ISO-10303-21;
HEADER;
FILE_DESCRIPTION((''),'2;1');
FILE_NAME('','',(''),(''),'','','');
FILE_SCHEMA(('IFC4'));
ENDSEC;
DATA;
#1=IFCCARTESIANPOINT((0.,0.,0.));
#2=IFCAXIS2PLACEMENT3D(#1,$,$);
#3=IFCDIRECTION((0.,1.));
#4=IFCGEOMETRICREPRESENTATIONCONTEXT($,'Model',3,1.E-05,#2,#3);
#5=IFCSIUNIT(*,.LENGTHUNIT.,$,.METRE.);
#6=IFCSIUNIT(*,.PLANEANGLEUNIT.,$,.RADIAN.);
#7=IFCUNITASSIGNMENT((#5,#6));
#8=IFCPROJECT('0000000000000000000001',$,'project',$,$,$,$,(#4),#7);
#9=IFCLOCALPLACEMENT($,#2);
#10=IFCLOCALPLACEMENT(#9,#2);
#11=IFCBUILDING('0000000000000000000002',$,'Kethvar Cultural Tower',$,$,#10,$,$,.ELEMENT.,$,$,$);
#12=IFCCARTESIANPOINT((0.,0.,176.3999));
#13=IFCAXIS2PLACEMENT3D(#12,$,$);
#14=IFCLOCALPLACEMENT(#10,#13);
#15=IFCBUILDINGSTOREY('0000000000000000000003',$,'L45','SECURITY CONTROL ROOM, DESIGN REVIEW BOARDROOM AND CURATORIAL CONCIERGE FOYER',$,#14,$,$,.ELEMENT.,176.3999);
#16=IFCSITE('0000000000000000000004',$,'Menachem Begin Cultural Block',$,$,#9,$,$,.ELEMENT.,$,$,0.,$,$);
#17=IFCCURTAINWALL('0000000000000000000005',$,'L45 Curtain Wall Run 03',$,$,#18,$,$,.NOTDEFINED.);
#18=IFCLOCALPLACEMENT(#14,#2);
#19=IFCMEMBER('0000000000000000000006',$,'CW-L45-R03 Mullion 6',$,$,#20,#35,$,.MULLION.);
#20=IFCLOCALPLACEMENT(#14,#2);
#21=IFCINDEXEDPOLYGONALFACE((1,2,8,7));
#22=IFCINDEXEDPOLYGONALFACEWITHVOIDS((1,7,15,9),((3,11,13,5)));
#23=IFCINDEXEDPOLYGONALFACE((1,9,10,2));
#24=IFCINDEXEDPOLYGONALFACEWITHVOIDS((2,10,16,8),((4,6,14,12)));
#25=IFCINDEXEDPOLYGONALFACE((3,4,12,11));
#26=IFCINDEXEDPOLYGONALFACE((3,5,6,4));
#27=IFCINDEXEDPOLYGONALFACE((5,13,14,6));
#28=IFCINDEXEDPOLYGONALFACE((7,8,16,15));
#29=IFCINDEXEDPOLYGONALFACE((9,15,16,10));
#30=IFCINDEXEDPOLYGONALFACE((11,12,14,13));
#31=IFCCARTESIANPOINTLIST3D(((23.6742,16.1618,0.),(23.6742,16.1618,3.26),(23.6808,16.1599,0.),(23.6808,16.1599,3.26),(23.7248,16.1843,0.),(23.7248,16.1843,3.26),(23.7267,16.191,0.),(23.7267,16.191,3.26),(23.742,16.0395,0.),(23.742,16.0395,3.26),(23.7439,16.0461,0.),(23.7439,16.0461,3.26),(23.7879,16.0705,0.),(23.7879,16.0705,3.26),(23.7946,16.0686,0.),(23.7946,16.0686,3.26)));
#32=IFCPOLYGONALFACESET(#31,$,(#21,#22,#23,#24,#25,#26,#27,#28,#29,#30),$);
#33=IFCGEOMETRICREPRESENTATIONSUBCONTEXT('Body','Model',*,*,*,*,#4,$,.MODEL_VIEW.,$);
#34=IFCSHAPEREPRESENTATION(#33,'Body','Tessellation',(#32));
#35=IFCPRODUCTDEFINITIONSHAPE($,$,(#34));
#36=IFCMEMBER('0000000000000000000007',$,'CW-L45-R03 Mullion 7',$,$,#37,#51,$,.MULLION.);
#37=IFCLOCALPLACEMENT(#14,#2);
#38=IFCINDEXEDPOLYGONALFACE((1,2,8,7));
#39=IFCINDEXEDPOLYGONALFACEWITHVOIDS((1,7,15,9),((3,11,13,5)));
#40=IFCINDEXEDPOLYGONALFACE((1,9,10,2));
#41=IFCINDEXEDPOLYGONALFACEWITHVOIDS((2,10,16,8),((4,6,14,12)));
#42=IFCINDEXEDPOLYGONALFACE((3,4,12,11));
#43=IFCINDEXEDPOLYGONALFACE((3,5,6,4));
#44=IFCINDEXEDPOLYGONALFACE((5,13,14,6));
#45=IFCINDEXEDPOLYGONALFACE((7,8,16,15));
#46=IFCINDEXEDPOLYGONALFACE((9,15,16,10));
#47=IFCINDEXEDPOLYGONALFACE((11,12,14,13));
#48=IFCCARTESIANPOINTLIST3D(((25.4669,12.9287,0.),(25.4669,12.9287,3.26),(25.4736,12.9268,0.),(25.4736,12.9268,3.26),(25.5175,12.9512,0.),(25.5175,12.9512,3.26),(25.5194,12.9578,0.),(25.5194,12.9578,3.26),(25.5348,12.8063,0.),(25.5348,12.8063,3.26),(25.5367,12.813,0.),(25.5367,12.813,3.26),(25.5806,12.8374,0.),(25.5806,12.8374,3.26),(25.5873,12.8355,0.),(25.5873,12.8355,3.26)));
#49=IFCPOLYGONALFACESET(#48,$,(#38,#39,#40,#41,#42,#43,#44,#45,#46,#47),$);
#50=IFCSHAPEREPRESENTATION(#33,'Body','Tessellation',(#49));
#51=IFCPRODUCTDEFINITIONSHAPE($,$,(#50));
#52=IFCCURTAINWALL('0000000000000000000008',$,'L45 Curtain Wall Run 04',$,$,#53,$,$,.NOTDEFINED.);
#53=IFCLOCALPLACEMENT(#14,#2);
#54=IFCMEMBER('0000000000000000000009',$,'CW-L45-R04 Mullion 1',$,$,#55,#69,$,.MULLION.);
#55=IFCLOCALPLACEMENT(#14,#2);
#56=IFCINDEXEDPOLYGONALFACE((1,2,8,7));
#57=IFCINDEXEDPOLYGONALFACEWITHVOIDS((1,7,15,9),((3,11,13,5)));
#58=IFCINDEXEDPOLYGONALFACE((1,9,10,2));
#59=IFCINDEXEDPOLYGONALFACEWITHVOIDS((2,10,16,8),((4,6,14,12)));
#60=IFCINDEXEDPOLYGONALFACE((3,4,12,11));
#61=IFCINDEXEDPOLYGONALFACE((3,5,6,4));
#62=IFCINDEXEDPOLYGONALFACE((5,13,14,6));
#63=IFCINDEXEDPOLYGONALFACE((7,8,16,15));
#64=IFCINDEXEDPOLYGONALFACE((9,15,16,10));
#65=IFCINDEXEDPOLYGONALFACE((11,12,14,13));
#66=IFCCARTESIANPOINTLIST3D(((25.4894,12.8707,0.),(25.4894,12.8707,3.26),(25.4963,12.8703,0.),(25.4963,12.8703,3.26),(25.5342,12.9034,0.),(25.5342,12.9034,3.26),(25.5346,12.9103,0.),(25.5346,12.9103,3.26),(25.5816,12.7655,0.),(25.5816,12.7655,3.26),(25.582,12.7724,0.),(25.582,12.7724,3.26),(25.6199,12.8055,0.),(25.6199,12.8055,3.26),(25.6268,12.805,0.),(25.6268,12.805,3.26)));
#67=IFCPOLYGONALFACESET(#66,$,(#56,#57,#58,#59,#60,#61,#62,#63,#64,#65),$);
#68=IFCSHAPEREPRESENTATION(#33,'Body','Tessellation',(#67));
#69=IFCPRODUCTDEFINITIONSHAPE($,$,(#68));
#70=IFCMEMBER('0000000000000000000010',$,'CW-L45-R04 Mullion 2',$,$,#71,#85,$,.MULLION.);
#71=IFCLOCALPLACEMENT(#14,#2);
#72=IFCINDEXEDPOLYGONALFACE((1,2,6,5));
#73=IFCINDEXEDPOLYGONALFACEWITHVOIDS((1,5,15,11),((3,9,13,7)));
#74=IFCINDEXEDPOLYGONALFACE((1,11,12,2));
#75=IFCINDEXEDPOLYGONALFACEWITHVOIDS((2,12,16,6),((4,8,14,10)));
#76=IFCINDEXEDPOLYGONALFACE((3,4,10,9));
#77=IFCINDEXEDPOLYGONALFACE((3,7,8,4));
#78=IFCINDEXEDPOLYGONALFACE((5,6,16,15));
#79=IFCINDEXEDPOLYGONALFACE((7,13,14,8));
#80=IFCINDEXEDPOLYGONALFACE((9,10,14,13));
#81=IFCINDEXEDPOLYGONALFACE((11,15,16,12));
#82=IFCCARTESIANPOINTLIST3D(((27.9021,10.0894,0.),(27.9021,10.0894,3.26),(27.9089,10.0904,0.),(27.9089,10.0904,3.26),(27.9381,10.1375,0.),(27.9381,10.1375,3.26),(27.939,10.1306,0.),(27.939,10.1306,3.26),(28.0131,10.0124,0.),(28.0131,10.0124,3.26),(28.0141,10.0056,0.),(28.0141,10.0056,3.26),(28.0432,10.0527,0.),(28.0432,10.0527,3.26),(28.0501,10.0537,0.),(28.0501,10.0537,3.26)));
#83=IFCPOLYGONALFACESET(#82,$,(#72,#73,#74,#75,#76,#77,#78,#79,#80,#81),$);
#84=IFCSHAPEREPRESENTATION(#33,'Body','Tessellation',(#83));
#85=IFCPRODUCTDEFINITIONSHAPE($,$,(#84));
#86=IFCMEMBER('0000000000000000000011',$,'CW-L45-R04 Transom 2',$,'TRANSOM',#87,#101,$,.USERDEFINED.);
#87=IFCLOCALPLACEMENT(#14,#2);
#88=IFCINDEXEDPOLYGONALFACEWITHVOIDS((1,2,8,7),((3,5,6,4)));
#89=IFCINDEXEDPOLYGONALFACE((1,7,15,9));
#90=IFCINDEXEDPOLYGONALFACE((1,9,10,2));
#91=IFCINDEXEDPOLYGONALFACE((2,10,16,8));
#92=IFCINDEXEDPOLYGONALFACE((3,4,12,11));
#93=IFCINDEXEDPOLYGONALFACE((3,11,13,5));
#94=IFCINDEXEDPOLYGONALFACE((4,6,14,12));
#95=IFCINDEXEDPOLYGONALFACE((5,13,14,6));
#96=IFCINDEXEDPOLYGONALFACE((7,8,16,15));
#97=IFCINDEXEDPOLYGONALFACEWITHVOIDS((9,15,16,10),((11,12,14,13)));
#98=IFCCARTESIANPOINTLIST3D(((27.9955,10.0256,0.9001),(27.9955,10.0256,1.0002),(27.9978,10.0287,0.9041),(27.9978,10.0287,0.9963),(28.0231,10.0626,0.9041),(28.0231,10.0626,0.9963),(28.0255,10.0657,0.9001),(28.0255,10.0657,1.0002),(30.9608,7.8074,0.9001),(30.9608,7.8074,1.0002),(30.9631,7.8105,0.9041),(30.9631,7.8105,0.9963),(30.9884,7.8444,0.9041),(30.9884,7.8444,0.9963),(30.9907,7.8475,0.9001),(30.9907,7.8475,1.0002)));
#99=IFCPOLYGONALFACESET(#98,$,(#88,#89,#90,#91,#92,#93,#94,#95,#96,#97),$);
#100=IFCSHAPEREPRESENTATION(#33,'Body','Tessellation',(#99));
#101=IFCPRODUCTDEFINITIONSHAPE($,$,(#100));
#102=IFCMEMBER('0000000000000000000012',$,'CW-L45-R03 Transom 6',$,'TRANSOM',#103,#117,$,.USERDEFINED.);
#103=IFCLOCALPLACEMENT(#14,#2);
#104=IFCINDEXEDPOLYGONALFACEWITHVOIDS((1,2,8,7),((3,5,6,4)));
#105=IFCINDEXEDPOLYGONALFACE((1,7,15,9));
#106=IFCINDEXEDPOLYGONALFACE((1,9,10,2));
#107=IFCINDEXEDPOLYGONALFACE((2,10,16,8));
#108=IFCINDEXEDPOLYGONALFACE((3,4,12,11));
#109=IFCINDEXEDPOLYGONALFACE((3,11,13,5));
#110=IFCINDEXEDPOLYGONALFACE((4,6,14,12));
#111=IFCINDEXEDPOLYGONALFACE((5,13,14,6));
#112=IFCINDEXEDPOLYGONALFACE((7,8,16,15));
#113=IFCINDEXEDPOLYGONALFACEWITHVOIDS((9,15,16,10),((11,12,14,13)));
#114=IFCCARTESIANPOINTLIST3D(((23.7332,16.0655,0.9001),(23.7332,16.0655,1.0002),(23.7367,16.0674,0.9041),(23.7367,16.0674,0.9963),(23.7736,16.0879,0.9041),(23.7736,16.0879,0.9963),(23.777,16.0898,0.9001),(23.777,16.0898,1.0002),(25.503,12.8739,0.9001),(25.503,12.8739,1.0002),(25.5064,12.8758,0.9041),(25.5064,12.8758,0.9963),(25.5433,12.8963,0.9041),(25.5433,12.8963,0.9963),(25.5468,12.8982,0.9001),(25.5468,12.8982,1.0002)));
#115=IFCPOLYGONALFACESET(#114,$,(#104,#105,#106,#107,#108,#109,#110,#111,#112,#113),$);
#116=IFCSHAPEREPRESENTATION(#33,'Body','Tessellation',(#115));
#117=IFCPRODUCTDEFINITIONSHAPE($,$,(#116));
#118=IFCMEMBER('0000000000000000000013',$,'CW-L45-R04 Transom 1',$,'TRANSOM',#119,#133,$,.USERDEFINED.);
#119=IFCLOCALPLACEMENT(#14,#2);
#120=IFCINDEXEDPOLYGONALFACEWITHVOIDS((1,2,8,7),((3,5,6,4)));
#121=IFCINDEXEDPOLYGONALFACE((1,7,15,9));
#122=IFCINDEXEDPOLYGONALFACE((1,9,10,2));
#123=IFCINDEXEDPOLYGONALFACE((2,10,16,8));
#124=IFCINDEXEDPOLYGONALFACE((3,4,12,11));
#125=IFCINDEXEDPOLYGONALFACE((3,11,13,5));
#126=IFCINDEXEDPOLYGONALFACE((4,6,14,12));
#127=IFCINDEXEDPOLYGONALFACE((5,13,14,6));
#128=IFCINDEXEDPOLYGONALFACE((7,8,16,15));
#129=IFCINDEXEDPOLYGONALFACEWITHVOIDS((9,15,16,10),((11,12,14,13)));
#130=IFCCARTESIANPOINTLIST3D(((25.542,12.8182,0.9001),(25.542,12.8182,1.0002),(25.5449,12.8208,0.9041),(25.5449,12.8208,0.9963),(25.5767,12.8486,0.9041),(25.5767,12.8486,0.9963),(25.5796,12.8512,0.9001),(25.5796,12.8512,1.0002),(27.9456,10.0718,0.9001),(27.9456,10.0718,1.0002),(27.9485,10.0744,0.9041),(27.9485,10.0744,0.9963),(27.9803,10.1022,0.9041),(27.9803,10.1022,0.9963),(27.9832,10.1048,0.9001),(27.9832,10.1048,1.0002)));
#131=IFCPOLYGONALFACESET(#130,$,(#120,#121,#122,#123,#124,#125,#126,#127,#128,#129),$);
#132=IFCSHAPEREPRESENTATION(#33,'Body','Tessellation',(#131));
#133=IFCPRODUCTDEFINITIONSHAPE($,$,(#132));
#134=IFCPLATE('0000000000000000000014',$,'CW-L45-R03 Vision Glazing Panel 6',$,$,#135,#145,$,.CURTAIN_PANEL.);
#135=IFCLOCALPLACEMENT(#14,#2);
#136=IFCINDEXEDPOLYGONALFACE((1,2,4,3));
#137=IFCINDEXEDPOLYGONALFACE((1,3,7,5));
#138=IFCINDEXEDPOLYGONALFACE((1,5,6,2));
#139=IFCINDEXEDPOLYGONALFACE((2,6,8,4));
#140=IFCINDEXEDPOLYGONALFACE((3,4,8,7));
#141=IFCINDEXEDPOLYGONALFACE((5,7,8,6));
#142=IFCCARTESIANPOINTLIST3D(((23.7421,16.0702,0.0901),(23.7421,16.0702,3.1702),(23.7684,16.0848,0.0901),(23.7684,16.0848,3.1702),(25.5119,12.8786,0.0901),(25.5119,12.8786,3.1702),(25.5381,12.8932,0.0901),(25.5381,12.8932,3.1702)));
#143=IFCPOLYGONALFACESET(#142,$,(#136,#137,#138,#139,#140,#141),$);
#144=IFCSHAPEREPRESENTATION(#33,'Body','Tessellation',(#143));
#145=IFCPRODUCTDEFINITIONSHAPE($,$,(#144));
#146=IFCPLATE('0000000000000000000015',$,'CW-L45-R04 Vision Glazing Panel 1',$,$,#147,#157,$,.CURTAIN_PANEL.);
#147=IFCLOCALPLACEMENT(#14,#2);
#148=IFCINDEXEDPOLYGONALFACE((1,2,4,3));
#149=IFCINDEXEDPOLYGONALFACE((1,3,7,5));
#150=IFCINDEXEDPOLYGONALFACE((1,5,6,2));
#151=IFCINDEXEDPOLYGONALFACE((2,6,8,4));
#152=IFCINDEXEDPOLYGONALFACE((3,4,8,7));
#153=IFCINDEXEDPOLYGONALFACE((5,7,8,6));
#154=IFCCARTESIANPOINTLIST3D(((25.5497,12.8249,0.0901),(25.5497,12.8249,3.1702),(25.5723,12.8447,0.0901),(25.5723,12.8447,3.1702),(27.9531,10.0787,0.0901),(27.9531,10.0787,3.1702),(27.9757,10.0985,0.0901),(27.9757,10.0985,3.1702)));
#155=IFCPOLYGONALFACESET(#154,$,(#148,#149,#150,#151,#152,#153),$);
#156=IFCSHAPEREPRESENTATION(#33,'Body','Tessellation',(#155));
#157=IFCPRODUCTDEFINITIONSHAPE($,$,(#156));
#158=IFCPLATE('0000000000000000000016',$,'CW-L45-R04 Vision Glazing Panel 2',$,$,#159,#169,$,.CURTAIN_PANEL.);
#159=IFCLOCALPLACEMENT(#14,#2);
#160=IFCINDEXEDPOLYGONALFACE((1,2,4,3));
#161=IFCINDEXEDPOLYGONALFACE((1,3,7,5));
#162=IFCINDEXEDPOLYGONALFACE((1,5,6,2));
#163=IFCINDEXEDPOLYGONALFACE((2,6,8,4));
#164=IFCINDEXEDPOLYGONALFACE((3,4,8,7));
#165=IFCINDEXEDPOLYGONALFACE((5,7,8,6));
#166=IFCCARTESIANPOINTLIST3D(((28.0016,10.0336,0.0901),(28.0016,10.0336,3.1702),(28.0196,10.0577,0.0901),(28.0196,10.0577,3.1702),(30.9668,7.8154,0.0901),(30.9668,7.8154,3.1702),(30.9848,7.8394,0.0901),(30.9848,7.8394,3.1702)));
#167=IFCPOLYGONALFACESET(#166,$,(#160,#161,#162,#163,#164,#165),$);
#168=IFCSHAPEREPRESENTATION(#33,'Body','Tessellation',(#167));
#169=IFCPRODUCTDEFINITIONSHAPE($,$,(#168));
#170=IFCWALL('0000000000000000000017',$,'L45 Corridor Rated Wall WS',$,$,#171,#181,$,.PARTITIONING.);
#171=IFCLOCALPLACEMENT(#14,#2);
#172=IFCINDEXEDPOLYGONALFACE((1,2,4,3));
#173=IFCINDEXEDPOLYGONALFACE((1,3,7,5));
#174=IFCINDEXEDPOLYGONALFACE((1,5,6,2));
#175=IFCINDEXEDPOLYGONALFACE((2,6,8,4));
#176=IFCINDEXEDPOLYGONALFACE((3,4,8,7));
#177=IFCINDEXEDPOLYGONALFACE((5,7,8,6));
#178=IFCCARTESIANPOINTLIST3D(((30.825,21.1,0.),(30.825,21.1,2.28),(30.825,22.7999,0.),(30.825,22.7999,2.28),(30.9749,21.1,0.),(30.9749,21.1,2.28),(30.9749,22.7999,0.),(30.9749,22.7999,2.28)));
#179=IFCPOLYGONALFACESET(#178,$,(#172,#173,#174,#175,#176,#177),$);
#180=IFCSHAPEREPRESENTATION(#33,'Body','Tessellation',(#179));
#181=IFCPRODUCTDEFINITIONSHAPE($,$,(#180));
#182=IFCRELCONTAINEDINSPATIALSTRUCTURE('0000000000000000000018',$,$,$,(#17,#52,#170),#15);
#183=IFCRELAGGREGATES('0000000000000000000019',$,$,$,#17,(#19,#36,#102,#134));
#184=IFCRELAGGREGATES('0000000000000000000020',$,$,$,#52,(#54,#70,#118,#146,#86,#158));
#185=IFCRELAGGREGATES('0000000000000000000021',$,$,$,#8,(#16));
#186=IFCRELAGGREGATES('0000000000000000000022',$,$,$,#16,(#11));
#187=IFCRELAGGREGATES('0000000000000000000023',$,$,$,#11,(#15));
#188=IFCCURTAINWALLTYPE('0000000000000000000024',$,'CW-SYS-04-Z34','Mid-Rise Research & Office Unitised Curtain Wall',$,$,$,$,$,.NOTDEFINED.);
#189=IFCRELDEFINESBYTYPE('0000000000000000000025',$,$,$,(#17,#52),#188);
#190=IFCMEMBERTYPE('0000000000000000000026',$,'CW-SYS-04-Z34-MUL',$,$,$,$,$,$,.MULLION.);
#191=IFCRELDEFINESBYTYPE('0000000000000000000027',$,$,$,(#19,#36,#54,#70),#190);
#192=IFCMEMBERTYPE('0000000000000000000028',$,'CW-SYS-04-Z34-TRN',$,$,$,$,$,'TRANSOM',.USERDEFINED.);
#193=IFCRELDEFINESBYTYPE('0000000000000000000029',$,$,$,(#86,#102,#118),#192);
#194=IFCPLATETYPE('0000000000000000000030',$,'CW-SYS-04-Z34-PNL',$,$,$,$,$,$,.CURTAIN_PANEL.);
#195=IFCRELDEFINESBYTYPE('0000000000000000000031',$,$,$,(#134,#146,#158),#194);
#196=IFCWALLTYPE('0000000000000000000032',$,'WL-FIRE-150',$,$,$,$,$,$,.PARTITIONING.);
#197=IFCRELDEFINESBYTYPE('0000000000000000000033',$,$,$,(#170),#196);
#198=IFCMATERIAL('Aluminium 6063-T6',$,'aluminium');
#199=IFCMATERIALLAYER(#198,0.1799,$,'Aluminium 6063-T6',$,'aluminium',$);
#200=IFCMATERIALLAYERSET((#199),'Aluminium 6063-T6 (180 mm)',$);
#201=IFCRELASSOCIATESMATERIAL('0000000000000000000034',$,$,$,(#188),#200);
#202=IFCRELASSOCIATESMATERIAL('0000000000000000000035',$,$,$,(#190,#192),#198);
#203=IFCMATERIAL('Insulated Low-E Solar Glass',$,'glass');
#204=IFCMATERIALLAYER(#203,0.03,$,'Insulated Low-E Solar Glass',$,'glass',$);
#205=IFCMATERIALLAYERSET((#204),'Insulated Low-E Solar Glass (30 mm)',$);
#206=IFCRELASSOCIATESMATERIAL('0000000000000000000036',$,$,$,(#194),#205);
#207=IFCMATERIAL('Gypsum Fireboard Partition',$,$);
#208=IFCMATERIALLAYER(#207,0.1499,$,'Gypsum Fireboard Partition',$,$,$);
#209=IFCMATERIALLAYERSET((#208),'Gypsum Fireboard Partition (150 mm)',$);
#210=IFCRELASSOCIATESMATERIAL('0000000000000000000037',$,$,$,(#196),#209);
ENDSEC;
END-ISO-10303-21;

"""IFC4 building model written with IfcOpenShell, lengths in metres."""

from ifc_helpers import new_model, si_unit, direction, frame, frame_2d, origin, origin_2d, place, context, subcontext, project, spatial, rectangle, hollow_rectangle, extrude, source, transform, mapped, material, layer, layer_set, material_profile, profile_set, type_object, element, aggregate, save


model = new_model("IFC4")

# Units and contexts
model_context = context("Model", 3, precision=1e-05, world=origin(), true_north=direction((0.0, 1.0)))
body_context = subcontext(model_context, "Body", "Model", "MODEL_VIEW")
ifc_project = project(units=[si_unit("LENGTHUNIT", "METRE"), si_unit("PLANEANGLEUNIT", "RADIAN")], contexts=[model_context])

# Site, building, storey
site_placement = place(None, origin())
site = spatial("IfcSite", under=ifc_project, at=site_placement, Name="Menachem Begin Cultural Block", CompositionType="ELEMENT", RefElevation=0.0)
building_placement = place(site_placement, origin())
building = spatial("IfcBuilding", under=site, at=building_placement, Name="Kethvar Cultural Tower", CompositionType="ELEMENT")
storey_placement = place(building_placement, frame((0.0, 0.0, 176.3999)))
storey = spatial("IfcBuildingStorey", under=building, at=storey_placement, Name="L45", Description="SECURITY CONTROL ROOM, DESIGN REVIEW BOARDROOM AND CURATORIAL CONCIERGE FOYER", CompositionType="ELEMENT", Elevation=176.3999)

# Curtain walls, members
ifc_material_1 = material(Name="Aluminium 6063-T6", Category="aluminium")
ifc_layer_1 = layer(ifc_material_1, 0.1799, Name="Aluminium 6063-T6", Category="aluminium")
ifc_layer_set_1 = layer_set([ifc_layer_1], Name="Aluminium 6063-T6 (180 mm)")
curtain_wall_type = type_object("IfcCurtainWallType", Name="CW-SYS-04-Z34", Description="Mid-Rise Research & Office Unitised Curtain Wall", PredefinedType="NOTDEFINED", material=ifc_layer_set_1)
curtain_wall_1_placement = place(storey_placement, origin())
curtain_wall_1 = element("IfcCurtainWall", 1, at=curtain_wall_1_placement, inside=storey, type_object=curtain_wall_type, Name="L45 Curtain Wall Run 03", PredefinedType="NOTDEFINED")
ifc_material_profile_1 = material_profile(ifc_material_1, hollow_rectangle(XDim=0.0601, YDim=0.1399, WallThickness=0.0049, at=origin_2d()), Name="Aluminium 6063-T6 — RHS140x60x5")
ifc_profile_set_1 = profile_set([ifc_material_profile_1], Name="Aluminium 6063-T6 — RHS140x60x5")
member_type_1 = type_object("IfcMemberType", Name="CW-SYS-04-Z34-MUL", PredefinedType="MULLION", material=ifc_profile_set_1)
shared_shape_1 = source(origin(), body_context, "Body", "SweptSolid", [
    extrude(hollow_rectangle(XDim=0.0601, YDim=0.1399, WallThickness=0.0049, at=origin_2d()), origin(), (0.0, 0.0, 1.0), 3.26),
])
member_1_placement = place(storey_placement, frame((23.7344, 16.1152, 0.0), z_axis=(0.0, 0.0, 1.0), x_axis=(0.874552, 0.484932, 0.0)))
member_1 = element("IfcMember", 2, at=member_1_placement, type_object=member_type_1, Name="CW-L45-R03 Mullion 6", PredefinedType="MULLION", context=body_context, shape_type="MappedRepresentation", body=[
    mapped(shared_shape_1, transform((0.0, 0.0, 0.0), scale=1.0)),
])
member_2_placement = place(storey_placement, frame((25.5271, 12.8821, 0.0), z_axis=(0.0, 0.0, 1.0), x_axis=(0.874552, 0.484932, 0.0)))
member_2 = element("IfcMember", 3, at=member_2_placement, type_object=member_type_1, Name="CW-L45-R03 Mullion 7", PredefinedType="MULLION", context=body_context, shape_type="MappedRepresentation", body=[
    mapped(shared_shape_1, transform((0.0, 0.0, 0.0), scale=1.0)),
])
curtain_wall_2_placement = place(storey_placement, origin())
curtain_wall_2 = element("IfcCurtainWall", 4, at=curtain_wall_2_placement, inside=storey, type_object=curtain_wall_type, Name="L45 Curtain Wall Run 04", PredefinedType="NOTDEFINED")
member_3_placement = place(storey_placement, frame((25.5581, 12.8379, 0.0), z_axis=(0.0, 0.0, 1.0), x_axis=(0.752507, 0.658584, 0.0)))
member_3 = element("IfcMember", 5, at=member_3_placement, type_object=member_type_1, Name="CW-L45-R04 Mullion 1", PredefinedType="MULLION", context=body_context, shape_type="MappedRepresentation", body=[
    mapped(shared_shape_1, transform((0.0, 0.0, 0.0), scale=1.0)),
])
member_4_placement = place(storey_placement, frame((27.9761, 10.0715, 0.0), z_axis=(0.0, 0.0, 1.0), x_axis=(0.599024, 0.800731, 0.0)))
member_4 = element("IfcMember", 6, at=member_4_placement, type_object=member_type_1, Name="CW-L45-R04 Mullion 2", PredefinedType="MULLION", context=body_context, shape_type="MappedRepresentation", body=[
    mapped(shared_shape_1, transform((0.0, 0.0, 0.0), scale=1.0)),
])
ifc_material_profile_2 = material_profile(ifc_material_1, hollow_rectangle(XDim=0.05, YDim=0.1001, WallThickness=0.0039, at=origin_2d()), Name="Aluminium 6063-T6 — RHS100x50x4")
ifc_profile_set_2 = profile_set([ifc_material_profile_2], Name="Aluminium 6063-T6 — RHS100x50x4")
member_type_2 = type_object("IfcMemberType", Name="CW-SYS-04-Z34-TRN", ElementType="TRANSOM", PredefinedType="USERDEFINED", material=ifc_profile_set_2)
shared_shape_2 = source(origin(), body_context, "Body", "SweptSolid", [
    extrude(hollow_rectangle(XDim=0.05, YDim=0.1001, WallThickness=0.0039, at=origin_2d()), origin(), (0.0, 0.0, 1.0), 3.7031),
])
member_5_placement = place(storey_placement, frame((28.0105, 10.0457, 0.9502), z_axis=(0.800743, -0.599008, 0.0), x_axis=(0.599008, 0.800743, 0.0)))
member_5 = element("IfcMember", 7, at=member_5_placement, type_object=member_type_2, Name="CW-L45-R04 Transom 2", ObjectType="TRANSOM", PredefinedType="USERDEFINED", context=body_context, shape_type="MappedRepresentation", body=[
    mapped(shared_shape_2, transform((0.0, 0.0, 0.0), scale=1.0)),
])

# Members
shared_shape_3 = source(origin(), body_context, "Body", "SweptSolid", [
    extrude(hollow_rectangle(XDim=0.05, YDim=0.1001, WallThickness=0.0039, at=origin_2d()), origin(), (0.0, 0.0, 1.0), 3.6494),
])
member_6_placement = place(storey_placement, frame((23.7551, 16.0776, 0.9502), z_axis=(0.484938, -0.874548, 0.0), x_axis=(0.874548, 0.484938, 0.0)))
member_6 = element("IfcMember", 8, at=member_6_placement, type_object=member_type_2, Name="CW-L45-R03 Transom 6", ObjectType="TRANSOM", PredefinedType="USERDEFINED", context=body_context, shape_type="MappedRepresentation", body=[
    mapped(shared_shape_3, transform((0.0, 0.0, 0.0), scale=1.0)),
])
shared_shape_4 = source(origin(), body_context, "Body", "SweptSolid", [
    extrude(hollow_rectangle(XDim=0.05, YDim=0.1001, WallThickness=0.0039, at=origin_2d()), origin(), (0.0, 0.0, 1.0), 3.6497),
])
member_7_placement = place(storey_placement, frame((25.5608, 12.8347, 0.9502), z_axis=(0.658585, -0.752506, 0.0), x_axis=(0.752506, 0.658585, 0.0)))
member_7 = element("IfcMember", 9, at=member_7_placement, type_object=member_type_2, Name="CW-L45-R04 Transom 1", ObjectType="TRANSOM", PredefinedType="USERDEFINED", context=body_context, shape_type="MappedRepresentation", body=[
    mapped(shared_shape_4, transform((0.0, 0.0, 0.0), scale=1.0)),
])

# Plates
ifc_material_2 = material(Name="Insulated Low-E Solar Glass", Category="glass")
ifc_layer_2 = layer(ifc_material_2, 0.03, Name="Insulated Low-E Solar Glass", Category="glass")
ifc_layer_set_2 = layer_set([ifc_layer_2], Name="Insulated Low-E Solar Glass (30 mm)")
plate_type = type_object("IfcPlateType", Name="CW-SYS-04-Z34-PNL", PredefinedType="CURTAIN_PANEL", material=ifc_layer_set_2)
shared_shape_5 = source(origin(), body_context, "Body", "SweptSolid", [
    extrude(rectangle(XDim=3.6494, YDim=0.03, at=origin_2d()), origin(), (0.0, 0.0, 1.0), 3.0801),
])
plate_1_placement = place(storey_placement, frame((24.6401, 14.4817, 0.0901), z_axis=(0.0, 0.0, 1.0), x_axis=(0.484932, -0.874552, 0.0)))
plate_1 = element("IfcPlate", 10, at=plate_1_placement, type_object=plate_type, Name="CW-L45-R03 Vision Glazing Panel 6", PredefinedType="CURTAIN_PANEL", context=body_context, shape_type="MappedRepresentation", body=[
    mapped(shared_shape_5, transform((0.0, 0.0, 0.0), scale=1.0)),
])
aggregate(curtain_wall_1, [member_1, member_2, member_6, plate_1])
plate_2_placement = place(storey_placement, frame((26.7627, 11.4617, 0.0901), z_axis=(0.0, 0.0, 1.0), x_axis=(0.658584, -0.752507, 0.0)))
plate_2 = element("IfcPlate", 11, at=plate_2_placement, type_object=plate_type, Name="CW-L45-R04 Vision Glazing Panel 1", PredefinedType="CURTAIN_PANEL", context=body_context, shape_type="MappedRepresentation", body=[
    mapped(shared_shape_5, transform((0.0, 0.0, 0.0), scale=1.0)),
])
shared_shape_6 = source(origin(), body_context, "Body", "SweptSolid", [
    extrude(rectangle(XDim=3.7031, YDim=0.03, at=origin_2d()), origin(), (0.0, 0.0, 1.0), 3.0801),
])
plate_3_placement = place(storey_placement, frame((29.4932, 8.9365, 0.0901), z_axis=(0.0, 0.0, 1.0), x_axis=(0.800731, -0.599024, 0.0)))
plate_3 = element("IfcPlate", 12, at=plate_3_placement, type_object=plate_type, Name="CW-L45-R04 Vision Glazing Panel 2", PredefinedType="CURTAIN_PANEL", context=body_context, shape_type="MappedRepresentation", body=[
    mapped(shared_shape_6, transform((0.0, 0.0, 0.0), scale=1.0)),
])
aggregate(curtain_wall_2, [member_3, member_4, member_7, plate_2, member_5, plate_3])

# Wall
ifc_material_3 = material(Name="Gypsum Fireboard Partition")
ifc_layer_3 = layer(ifc_material_3, 0.1499, Name="Gypsum Fireboard Partition")
ifc_layer_set_3 = layer_set([ifc_layer_3], Name="Gypsum Fireboard Partition (150 mm)")
wall_type = type_object("IfcWallType", Name="WL-FIRE-150", PredefinedType="PARTITIONING", material=ifc_layer_set_3)
wall_1_placement = place(storey_placement, frame((30.8999, 22.8, 0.0), z_axis=(0.0, 0.0, 1.0), x_axis=(0.0, -1.0, 0.0)))
element("IfcWall", 13, at=wall_1_placement, inside=storey, type_object=wall_type, Name="L45 Corridor Rated Wall WS", PredefinedType="PARTITIONING", context=body_context, shape_type="SweptSolid", body=[
    extrude(rectangle(XDim=1.7, YDim=0.1499, at=frame_2d((0.8501, 0.0))), origin(), (0.0, 0.0, 1.0), 2.28),
])

save(model, "model.ifc")
